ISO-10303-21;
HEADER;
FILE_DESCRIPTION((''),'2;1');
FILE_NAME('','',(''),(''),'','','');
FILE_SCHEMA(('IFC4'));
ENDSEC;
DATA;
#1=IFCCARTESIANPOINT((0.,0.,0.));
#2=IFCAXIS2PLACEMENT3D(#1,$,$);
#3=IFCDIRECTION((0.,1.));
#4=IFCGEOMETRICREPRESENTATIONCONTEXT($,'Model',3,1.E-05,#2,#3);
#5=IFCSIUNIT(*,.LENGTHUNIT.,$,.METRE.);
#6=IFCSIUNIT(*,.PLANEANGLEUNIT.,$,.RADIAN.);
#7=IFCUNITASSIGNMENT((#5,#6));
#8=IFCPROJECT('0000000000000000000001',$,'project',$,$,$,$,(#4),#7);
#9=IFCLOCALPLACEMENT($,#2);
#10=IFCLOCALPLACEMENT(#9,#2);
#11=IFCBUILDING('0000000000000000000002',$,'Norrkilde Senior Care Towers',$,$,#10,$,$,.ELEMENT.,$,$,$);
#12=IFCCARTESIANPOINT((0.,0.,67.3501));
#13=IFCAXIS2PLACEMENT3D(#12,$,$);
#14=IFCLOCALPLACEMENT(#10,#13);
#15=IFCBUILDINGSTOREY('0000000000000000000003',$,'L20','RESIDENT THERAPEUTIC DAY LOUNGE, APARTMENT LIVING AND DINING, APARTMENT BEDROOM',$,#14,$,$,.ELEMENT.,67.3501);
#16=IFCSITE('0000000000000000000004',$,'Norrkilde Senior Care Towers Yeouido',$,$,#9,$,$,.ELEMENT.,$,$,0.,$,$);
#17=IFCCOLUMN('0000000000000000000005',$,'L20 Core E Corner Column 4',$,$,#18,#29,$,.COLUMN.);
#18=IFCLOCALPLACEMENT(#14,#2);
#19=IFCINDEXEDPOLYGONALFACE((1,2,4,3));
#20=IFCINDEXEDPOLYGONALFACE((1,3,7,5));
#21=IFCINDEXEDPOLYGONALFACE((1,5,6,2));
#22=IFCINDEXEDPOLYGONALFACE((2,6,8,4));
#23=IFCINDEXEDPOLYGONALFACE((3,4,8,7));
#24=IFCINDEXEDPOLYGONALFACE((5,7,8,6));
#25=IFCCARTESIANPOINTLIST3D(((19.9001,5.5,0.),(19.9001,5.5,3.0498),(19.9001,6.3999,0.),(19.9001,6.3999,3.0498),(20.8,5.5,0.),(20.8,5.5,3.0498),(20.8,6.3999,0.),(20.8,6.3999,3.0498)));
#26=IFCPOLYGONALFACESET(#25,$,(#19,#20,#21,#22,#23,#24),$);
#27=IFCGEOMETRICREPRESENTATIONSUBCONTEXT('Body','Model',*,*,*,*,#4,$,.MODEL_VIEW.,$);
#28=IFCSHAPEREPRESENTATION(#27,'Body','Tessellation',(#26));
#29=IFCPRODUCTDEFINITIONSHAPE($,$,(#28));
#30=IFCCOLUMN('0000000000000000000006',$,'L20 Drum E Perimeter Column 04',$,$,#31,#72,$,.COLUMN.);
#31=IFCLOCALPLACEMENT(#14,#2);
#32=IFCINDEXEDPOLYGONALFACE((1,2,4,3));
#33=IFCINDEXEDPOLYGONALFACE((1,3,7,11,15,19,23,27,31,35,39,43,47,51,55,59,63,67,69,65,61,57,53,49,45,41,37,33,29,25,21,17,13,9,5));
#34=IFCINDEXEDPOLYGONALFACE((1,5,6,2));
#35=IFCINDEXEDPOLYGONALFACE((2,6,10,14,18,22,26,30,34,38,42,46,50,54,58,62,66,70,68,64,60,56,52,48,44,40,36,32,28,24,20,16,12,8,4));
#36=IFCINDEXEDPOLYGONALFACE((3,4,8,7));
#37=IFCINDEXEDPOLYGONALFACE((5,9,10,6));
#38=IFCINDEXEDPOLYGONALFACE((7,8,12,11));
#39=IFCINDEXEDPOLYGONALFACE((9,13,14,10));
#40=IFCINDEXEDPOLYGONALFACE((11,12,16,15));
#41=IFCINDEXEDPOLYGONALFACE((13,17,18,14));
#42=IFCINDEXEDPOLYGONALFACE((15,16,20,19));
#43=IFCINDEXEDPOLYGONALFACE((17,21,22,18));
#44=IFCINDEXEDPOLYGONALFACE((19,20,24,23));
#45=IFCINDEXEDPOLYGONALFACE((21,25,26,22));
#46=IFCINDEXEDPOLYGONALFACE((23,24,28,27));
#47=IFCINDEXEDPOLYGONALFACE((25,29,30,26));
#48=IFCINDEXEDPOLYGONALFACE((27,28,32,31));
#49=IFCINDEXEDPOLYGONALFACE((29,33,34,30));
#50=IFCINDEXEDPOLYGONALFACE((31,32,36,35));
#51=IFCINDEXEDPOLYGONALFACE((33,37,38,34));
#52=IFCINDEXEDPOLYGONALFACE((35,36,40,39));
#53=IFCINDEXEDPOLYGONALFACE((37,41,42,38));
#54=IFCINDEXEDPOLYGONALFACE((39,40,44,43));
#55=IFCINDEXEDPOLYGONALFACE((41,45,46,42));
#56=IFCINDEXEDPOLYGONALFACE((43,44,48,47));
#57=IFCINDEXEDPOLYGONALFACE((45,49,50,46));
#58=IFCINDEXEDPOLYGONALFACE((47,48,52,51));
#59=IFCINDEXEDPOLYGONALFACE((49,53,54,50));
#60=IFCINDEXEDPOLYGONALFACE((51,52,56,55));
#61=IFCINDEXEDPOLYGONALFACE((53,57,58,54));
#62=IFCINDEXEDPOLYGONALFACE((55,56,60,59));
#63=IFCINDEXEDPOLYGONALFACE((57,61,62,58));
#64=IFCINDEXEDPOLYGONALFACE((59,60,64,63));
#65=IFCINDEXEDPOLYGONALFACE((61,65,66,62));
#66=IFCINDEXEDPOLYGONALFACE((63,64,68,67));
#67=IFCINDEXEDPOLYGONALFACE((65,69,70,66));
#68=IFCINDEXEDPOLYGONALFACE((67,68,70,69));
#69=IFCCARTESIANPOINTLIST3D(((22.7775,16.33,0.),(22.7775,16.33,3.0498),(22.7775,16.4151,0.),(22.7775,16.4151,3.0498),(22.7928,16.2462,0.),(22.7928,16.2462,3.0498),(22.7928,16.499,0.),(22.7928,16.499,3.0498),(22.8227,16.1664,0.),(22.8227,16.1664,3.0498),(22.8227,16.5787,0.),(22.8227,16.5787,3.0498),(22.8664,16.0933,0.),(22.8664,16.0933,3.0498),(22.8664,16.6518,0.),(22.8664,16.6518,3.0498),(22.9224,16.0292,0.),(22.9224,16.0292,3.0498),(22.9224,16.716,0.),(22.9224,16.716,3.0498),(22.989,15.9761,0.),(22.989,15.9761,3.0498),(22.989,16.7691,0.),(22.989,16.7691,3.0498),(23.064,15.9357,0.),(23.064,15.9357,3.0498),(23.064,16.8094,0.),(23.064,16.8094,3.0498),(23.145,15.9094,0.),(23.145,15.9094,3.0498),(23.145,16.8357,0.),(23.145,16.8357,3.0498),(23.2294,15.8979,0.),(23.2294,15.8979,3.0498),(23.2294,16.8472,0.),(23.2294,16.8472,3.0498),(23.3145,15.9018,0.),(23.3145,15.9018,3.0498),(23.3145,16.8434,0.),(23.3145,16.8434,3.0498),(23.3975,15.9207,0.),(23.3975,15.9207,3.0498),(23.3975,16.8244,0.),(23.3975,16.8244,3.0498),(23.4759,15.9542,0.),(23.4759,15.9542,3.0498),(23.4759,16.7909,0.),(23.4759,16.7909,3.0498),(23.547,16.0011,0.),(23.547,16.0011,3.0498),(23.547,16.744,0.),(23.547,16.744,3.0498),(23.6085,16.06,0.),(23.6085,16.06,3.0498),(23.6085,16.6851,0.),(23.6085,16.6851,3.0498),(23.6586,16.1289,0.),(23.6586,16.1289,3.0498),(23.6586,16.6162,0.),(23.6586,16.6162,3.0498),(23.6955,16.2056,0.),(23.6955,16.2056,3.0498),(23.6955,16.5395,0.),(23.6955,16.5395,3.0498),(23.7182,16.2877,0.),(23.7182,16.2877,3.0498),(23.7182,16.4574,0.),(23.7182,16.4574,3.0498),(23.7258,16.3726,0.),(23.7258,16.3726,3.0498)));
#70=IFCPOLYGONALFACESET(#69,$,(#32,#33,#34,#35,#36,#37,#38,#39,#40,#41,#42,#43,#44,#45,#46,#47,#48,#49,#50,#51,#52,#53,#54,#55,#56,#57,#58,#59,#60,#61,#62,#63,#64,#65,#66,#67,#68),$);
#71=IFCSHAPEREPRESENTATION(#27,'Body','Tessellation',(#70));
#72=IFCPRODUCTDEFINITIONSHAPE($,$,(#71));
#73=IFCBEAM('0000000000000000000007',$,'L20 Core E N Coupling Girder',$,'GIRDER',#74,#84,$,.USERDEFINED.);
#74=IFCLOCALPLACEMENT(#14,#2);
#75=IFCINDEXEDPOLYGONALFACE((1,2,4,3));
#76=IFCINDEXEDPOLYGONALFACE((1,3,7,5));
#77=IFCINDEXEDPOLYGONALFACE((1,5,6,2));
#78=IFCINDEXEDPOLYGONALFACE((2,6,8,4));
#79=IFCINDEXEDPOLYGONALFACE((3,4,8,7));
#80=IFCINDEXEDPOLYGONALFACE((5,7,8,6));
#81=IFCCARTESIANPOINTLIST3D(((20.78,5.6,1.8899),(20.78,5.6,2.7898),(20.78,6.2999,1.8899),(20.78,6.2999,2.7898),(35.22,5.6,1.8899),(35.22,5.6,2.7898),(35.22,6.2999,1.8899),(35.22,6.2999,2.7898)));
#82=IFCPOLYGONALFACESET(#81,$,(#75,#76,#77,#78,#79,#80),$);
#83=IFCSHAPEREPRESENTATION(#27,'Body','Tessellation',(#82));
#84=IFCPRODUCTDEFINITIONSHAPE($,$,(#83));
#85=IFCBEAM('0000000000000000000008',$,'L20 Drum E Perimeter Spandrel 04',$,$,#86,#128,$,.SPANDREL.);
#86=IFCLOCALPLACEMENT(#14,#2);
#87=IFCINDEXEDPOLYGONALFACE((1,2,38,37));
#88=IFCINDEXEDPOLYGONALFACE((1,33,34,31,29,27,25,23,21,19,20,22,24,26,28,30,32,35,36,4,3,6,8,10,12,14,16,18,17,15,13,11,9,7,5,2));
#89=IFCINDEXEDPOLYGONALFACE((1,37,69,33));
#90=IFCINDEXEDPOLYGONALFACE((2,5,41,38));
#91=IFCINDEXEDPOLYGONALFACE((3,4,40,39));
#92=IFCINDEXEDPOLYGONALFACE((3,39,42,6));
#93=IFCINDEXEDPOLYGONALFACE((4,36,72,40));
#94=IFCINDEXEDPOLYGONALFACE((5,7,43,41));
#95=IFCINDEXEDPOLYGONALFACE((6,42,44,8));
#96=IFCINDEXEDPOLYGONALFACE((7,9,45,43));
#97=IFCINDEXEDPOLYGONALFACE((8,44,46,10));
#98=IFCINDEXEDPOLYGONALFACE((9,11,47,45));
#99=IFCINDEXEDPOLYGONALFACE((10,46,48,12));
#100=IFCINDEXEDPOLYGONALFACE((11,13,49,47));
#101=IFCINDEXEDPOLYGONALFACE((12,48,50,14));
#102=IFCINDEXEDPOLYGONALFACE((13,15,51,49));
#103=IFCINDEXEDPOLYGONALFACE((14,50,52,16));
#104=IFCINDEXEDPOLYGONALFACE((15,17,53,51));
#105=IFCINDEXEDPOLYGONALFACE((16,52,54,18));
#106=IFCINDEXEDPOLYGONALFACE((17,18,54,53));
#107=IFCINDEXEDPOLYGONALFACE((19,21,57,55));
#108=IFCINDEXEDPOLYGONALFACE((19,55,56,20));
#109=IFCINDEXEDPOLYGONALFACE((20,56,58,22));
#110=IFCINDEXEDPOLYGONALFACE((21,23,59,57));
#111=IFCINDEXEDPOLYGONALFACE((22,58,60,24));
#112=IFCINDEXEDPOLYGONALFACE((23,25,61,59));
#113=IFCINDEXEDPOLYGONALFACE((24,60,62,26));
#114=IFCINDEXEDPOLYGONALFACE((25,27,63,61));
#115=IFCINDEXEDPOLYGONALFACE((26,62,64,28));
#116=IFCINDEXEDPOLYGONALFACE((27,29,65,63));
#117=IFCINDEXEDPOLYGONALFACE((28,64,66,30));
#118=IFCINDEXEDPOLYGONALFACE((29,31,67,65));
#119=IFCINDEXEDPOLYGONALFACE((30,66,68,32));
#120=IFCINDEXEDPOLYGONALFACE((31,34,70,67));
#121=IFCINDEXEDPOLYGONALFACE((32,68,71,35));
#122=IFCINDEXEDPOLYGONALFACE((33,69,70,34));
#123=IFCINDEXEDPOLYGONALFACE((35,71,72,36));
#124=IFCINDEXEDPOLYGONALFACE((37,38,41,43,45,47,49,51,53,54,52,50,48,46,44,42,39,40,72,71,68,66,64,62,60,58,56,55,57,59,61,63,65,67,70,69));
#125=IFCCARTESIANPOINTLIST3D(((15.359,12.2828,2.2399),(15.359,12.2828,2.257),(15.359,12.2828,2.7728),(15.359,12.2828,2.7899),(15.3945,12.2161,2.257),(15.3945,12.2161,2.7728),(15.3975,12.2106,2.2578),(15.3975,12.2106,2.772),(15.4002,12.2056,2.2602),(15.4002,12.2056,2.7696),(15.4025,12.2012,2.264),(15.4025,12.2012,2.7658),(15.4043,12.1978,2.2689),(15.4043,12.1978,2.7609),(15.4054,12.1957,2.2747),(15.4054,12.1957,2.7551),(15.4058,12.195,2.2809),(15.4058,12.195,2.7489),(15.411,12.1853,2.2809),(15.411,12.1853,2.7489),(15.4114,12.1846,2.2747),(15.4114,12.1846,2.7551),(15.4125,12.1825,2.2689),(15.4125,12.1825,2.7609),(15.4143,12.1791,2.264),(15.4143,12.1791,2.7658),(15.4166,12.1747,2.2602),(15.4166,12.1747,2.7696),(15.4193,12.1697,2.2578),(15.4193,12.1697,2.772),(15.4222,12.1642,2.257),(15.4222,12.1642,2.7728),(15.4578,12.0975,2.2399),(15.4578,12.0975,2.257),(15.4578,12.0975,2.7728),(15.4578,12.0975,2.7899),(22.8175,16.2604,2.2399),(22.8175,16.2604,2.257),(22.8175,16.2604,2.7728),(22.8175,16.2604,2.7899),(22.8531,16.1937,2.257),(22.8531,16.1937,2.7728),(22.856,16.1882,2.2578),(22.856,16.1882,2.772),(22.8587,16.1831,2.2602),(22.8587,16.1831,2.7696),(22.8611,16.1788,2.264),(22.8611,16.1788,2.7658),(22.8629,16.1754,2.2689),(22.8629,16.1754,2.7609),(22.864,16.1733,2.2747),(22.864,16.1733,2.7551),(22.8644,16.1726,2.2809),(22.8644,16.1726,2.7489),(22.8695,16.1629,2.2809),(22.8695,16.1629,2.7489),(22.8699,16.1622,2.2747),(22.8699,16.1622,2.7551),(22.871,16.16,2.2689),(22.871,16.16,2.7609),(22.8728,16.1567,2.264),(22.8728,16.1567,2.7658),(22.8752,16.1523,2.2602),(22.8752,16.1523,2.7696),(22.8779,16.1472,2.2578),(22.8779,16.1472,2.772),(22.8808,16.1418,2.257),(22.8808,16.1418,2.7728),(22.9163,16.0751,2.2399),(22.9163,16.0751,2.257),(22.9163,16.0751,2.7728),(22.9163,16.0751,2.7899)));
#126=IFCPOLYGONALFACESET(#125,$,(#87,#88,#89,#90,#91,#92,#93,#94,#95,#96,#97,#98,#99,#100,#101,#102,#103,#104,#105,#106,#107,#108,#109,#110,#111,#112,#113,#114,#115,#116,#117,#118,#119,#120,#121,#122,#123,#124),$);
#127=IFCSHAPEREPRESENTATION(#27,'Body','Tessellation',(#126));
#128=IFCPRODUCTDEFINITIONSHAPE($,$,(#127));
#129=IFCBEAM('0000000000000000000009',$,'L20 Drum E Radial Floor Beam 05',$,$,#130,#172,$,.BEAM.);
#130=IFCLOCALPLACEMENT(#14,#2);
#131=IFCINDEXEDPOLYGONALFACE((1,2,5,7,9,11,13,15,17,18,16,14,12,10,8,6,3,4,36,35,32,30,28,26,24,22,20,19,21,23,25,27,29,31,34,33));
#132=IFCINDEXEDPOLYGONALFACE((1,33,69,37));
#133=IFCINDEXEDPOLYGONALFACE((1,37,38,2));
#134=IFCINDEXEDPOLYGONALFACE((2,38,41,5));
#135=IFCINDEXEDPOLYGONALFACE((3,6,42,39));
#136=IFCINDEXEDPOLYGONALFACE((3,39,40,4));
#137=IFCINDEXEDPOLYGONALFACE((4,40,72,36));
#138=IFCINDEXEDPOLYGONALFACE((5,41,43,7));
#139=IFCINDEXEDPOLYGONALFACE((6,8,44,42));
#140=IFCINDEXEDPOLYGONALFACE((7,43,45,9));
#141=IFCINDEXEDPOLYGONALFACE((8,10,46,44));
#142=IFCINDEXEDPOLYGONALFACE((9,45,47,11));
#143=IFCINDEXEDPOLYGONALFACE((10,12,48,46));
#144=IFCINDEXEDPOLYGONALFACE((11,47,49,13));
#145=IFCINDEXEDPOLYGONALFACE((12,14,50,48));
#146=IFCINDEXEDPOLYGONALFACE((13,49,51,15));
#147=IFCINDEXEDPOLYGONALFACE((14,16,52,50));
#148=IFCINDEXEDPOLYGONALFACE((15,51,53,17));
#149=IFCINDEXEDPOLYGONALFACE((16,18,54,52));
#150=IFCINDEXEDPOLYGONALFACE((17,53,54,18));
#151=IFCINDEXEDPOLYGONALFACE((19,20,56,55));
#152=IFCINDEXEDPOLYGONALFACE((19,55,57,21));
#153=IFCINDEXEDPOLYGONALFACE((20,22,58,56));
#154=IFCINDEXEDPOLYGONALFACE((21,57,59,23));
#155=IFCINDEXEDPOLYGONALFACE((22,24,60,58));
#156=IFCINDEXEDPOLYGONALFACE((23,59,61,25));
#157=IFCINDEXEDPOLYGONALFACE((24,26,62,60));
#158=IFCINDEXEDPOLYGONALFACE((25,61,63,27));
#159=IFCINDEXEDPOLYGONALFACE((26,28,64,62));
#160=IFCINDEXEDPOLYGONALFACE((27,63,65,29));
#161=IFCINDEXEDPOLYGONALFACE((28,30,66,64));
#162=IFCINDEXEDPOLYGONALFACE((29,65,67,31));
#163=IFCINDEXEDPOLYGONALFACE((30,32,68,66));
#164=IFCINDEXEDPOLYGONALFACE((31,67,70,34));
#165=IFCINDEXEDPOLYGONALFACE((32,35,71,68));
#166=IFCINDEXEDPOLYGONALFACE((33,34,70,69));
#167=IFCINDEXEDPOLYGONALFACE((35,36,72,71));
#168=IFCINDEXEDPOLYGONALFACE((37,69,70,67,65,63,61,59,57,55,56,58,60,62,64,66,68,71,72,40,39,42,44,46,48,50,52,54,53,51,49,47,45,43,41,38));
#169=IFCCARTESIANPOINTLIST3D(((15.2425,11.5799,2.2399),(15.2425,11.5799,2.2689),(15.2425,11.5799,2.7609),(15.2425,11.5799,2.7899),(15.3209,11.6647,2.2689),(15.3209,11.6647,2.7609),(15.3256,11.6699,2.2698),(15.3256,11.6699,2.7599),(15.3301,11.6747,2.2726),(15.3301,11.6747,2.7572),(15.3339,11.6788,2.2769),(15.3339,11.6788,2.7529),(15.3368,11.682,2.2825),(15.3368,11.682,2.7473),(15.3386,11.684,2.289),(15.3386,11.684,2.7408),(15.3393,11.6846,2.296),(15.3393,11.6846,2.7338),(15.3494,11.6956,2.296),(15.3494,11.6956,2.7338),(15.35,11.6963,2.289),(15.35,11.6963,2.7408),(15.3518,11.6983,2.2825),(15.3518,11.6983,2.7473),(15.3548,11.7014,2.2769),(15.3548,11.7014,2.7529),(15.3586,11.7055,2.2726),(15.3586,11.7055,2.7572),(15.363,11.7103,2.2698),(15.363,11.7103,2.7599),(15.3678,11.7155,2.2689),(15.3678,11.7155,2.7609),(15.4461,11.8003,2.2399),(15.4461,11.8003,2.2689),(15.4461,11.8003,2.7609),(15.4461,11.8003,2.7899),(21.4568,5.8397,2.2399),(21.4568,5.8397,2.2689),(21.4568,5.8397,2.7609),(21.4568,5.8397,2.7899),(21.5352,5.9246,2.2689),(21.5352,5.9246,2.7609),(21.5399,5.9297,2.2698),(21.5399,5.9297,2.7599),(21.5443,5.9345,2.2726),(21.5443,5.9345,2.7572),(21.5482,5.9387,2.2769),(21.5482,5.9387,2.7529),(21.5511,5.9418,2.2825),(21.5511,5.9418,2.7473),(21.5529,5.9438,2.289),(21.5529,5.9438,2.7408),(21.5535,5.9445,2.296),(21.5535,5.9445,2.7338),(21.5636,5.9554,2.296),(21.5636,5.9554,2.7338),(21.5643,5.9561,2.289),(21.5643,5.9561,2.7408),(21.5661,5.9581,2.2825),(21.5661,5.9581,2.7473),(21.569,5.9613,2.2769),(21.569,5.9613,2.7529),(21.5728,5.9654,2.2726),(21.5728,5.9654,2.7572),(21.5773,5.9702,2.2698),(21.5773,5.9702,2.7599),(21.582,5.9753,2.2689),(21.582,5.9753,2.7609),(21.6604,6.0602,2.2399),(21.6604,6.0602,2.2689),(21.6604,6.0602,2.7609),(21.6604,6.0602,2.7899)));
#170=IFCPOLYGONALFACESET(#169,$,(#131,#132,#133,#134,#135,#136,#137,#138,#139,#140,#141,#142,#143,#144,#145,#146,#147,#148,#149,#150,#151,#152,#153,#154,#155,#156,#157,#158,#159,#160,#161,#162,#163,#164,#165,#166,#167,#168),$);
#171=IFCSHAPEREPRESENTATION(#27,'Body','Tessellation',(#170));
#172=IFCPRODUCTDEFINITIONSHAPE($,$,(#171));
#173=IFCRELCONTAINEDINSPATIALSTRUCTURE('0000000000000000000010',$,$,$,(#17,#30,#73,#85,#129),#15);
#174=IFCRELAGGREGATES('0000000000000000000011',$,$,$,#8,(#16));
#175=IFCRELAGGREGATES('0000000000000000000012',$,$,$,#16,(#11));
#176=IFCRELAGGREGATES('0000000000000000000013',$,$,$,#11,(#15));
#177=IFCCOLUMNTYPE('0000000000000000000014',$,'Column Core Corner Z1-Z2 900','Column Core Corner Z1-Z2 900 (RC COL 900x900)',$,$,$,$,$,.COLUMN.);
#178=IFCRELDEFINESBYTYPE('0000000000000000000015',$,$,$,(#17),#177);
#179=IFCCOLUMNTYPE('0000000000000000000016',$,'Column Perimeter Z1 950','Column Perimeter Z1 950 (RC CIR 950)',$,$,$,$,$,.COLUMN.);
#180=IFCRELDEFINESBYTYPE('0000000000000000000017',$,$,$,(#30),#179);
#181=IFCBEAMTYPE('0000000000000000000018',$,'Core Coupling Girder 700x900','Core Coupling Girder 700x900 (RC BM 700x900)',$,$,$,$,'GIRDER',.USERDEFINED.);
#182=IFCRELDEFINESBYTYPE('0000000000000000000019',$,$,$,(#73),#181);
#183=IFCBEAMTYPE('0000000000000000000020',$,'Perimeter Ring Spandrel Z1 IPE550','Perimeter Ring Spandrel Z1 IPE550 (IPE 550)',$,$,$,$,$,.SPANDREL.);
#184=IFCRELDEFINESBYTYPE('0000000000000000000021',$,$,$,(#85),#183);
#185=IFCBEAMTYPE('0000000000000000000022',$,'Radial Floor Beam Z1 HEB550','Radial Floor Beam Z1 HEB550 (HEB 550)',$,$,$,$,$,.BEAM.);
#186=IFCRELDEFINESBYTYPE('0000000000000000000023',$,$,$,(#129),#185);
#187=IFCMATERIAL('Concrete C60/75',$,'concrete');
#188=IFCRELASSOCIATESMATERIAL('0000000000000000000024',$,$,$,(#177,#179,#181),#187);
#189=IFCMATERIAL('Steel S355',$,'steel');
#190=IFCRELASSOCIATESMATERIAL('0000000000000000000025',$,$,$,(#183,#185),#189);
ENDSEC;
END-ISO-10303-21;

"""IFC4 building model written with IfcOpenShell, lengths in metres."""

from ifc_helpers import new_model, si_unit, direction, frame, origin, origin_2d, place, context, subcontext, project, spatial, rectangle, circle, i_section, extrude, source, transform, mapped, material, material_profile, profile_set, type_object, type_shapes, element, save


model = new_model("IFC4")

# Units and contexts
model_context = context("Model", 3, precision=1e-05, world=origin(), true_north=direction((0.0, 1.0)))
body_context = subcontext(model_context, "Body", "Model", "MODEL_VIEW")
ifc_project = project(units=[si_unit("LENGTHUNIT", "METRE"), si_unit("PLANEANGLEUNIT", "RADIAN")], contexts=[model_context])

# Site, building, storey
site_placement = place(None, origin())
site = spatial("IfcSite", under=ifc_project, at=site_placement, Name="Norrkilde Senior Care Towers Yeouido", CompositionType="ELEMENT", RefElevation=0.0)
building_placement = place(site_placement, origin())
building = spatial("IfcBuilding", under=site, at=building_placement, Name="Norrkilde Senior Care Towers", CompositionType="ELEMENT")
storey_placement = place(building_placement, frame((0.0, 0.0, 67.3501)))
storey = spatial("IfcBuildingStorey", under=building, at=storey_placement, Name="L20", Description="RESIDENT THERAPEUTIC DAY LOUNGE, APARTMENT LIVING AND DINING, APARTMENT BEDROOM", CompositionType="ELEMENT", Elevation=67.3501)

# Columns
ifc_material_1 = material(Name="Concrete C60/75", Category="concrete")
ifc_material_profile_1 = material_profile(ifc_material_1, rectangle(XDim=0.8999, YDim=0.8999, at=origin_2d()), Name="RC COL 900x900")
ifc_profile_set_1 = profile_set([ifc_material_profile_1], Name="Concrete C60/75")
column_type_1 = type_object("IfcColumnType", Name="Column Core Corner Z1-Z2 900", Description="Column Core Corner Z1-Z2 900 (RC COL 900x900)", PredefinedType="COLUMN", material=ifc_profile_set_1)
shared_shape_1 = source(origin(), body_context, "Body", "SweptSolid", [
    extrude(rectangle(XDim=0.8999, YDim=0.8999, at=origin_2d()), origin(), (0.0, 0.0, 1.0), 3.0498),
])
type_shapes(column_type_1, [shared_shape_1])
column_1_placement = place(storey_placement, frame((20.3501, 5.95, 0.0), z_axis=(0.0, 0.0, 1.0), x_axis=(1.0, 0.0, 0.0)))
element("IfcColumn", 1, at=column_1_placement, inside=storey, type_object=column_type_1, Name="L20 Core E Corner Column 4", PredefinedType="COLUMN", context=body_context, shape_type="MappedRepresentation", body=[
    mapped(shared_shape_1, transform((0.0, 0.0, 0.0), x_axis=(1.0, 0.0, 0.0), y_axis=(0.0, 1.0, 0.0), z_axis=(0.0, 0.0, 1.0), scale=1.0)),
])
ifc_material_profile_2 = material_profile(ifc_material_1, circle(Radius=0.4751, at=origin_2d()), Name="RC CIR 950")
ifc_profile_set_2 = profile_set([ifc_material_profile_2], Name="Concrete C60/75")
column_type_2 = type_object("IfcColumnType", Name="Column Perimeter Z1 950", Description="Column Perimeter Z1 950 (RC CIR 950)", PredefinedType="COLUMN", material=ifc_profile_set_2)
shared_shape_2 = source(origin(), body_context, "Body", "SweptSolid", [
    extrude(circle(Radius=0.4751, at=origin_2d()), origin(), (0.0, 0.0, 1.0), 3.0498),
])
type_shapes(column_type_2, [shared_shape_2])
column_2_placement = place(storey_placement, frame((23.2507, 16.3726, 0.0), z_axis=(0.0, 0.0, 1.0), x_axis=(1.0, 0.0, 0.0)))
element("IfcColumn", 2, at=column_2_placement, inside=storey, type_object=column_type_2, Name="L20 Drum E Perimeter Column 04", PredefinedType="COLUMN", context=body_context, shape_type="MappedRepresentation", body=[
    mapped(shared_shape_2, transform((0.0, 0.0, 0.0), x_axis=(1.0, 0.0, 0.0), y_axis=(0.0, 1.0, 0.0), z_axis=(0.0, 0.0, 1.0), scale=1.0)),
])

# Beams
ifc_material_profile_3 = material_profile(ifc_material_1, rectangle(XDim=0.7, YDim=0.8999, at=origin_2d()), Name="RC BM 700x900")
ifc_profile_set_3 = profile_set([ifc_material_profile_3], Name="Concrete C60/75")
beam_type_1 = type_object("IfcBeamType", Name="Core Coupling Girder 700x900", Description="Core Coupling Girder 700x900 (RC BM 700x900)", ElementType="GIRDER", PredefinedType="USERDEFINED", material=ifc_profile_set_3)
shared_shape_3 = source(origin(), body_context, "Body", "SweptSolid", [
    extrude(rectangle(XDim=0.7, YDim=0.8999, at=origin_2d()), origin(), (0.0, 0.0, 1.0), 14.4399),
])
type_shapes(beam_type_1, [shared_shape_3])
beam_1_placement = place(storey_placement, frame((20.78, 5.95, 2.3398), z_axis=(1.0, 0.0, 0.0), x_axis=(0.0, 1.0, 0.0)))
element("IfcBeam", 3, at=beam_1_placement, inside=storey, type_object=beam_type_1, Name="L20 Core E N Coupling Girder", ObjectType="GIRDER", PredefinedType="USERDEFINED", context=body_context, shape_type="MappedRepresentation", body=[
    mapped(shared_shape_3, transform((0.0, 0.0, 0.0), x_axis=(1.0, 0.0, 0.0), y_axis=(0.0, 1.0, 0.0), z_axis=(0.0, 0.0, 1.0), scale=1.0)),
])
ifc_material_2 = material(Name="Steel S355", Category="steel")
ifc_material_profile_4 = material_profile(ifc_material_2, i_section(OverallWidth=0.21, OverallDepth=0.55, WebThickness=0.011, FlangeThickness=0.0171, FilletRadius=0.0239, at=origin_2d()), Name="IPE 550")
ifc_profile_set_4 = profile_set([ifc_material_profile_4], Name="Steel S355")
beam_type_2 = type_object("IfcBeamType", Name="Perimeter Ring Spandrel Z1 IPE550", Description="Perimeter Ring Spandrel Z1 IPE550 (IPE 550)", PredefinedType="SPANDREL", material=ifc_profile_set_4)
shared_shape_4 = source(origin(), body_context, "Body", "SweptSolid", [
    extrude(i_section(OverallWidth=0.21, OverallDepth=0.55, WebThickness=0.011, FlangeThickness=0.0171, FilletRadius=0.0239, at=origin_2d()), origin(), (0.0, 0.0, 1.0), 8.4529),
])
type_shapes(beam_type_2, [shared_shape_4])
beam_2_placement = place(storey_placement, frame((22.8669, 16.1677, 2.5149), z_axis=(-0.882369, -0.470558, 0.0), x_axis=(0.470558, -0.882369, 0.0)))
element("IfcBeam", 4, at=beam_2_placement, inside=storey, type_object=beam_type_2, Name="L20 Drum E Perimeter Spandrel 04", PredefinedType="SPANDREL", context=body_context, shape_type="MappedRepresentation", body=[
    mapped(shared_shape_4, transform((0.0, 0.0, 0.0), x_axis=(1.0, 0.0, 0.0), y_axis=(0.0, 1.0, 0.0), z_axis=(0.0, 0.0, 1.0), scale=1.0)),
])
ifc_material_profile_5 = material_profile(ifc_material_2, i_section(OverallWidth=0.3, OverallDepth=0.55, WebThickness=0.0149, FlangeThickness=0.0291, FilletRadius=0.0271, at=origin_2d()), Name="HEB 550")
ifc_profile_set_5 = profile_set([ifc_material_profile_5], Name="Steel S355")
beam_type_3 = type_object("IfcBeamType", Name="Radial Floor Beam Z1 HEB550", Description="Radial Floor Beam Z1 HEB550 (HEB 550)", PredefinedType="BEAM", material=ifc_profile_set_5)
shared_shape_5 = source(origin(), body_context, "Body", "SweptSolid", [
    extrude(i_section(OverallWidth=0.3, OverallDepth=0.55, WebThickness=0.0149, FlangeThickness=0.0291, FilletRadius=0.0271, at=origin_2d()), origin(), (0.0, 0.0, 1.0), 8.4597),
])
beam_3_placement = place(storey_placement, frame((21.5586, 5.95, 2.5149), z_axis=(-0.734573, 0.678529, 0.0), x_axis=(-0.678529, -0.734573, 0.0)))
element("IfcBeam", 5, at=beam_3_placement, inside=storey, type_object=beam_type_3, Name="L20 Drum E Radial Floor Beam 05", PredefinedType="BEAM", context=body_context, shape_type="MappedRepresentation", body=[
    mapped(shared_shape_5, transform((0.0, 0.0, 0.0), x_axis=(1.0, 0.0, 0.0), y_axis=(0.0, 1.0, 0.0), z_axis=(0.0, 0.0, 1.0), scale=1.0)),
])

save(model, "model.ifc")
